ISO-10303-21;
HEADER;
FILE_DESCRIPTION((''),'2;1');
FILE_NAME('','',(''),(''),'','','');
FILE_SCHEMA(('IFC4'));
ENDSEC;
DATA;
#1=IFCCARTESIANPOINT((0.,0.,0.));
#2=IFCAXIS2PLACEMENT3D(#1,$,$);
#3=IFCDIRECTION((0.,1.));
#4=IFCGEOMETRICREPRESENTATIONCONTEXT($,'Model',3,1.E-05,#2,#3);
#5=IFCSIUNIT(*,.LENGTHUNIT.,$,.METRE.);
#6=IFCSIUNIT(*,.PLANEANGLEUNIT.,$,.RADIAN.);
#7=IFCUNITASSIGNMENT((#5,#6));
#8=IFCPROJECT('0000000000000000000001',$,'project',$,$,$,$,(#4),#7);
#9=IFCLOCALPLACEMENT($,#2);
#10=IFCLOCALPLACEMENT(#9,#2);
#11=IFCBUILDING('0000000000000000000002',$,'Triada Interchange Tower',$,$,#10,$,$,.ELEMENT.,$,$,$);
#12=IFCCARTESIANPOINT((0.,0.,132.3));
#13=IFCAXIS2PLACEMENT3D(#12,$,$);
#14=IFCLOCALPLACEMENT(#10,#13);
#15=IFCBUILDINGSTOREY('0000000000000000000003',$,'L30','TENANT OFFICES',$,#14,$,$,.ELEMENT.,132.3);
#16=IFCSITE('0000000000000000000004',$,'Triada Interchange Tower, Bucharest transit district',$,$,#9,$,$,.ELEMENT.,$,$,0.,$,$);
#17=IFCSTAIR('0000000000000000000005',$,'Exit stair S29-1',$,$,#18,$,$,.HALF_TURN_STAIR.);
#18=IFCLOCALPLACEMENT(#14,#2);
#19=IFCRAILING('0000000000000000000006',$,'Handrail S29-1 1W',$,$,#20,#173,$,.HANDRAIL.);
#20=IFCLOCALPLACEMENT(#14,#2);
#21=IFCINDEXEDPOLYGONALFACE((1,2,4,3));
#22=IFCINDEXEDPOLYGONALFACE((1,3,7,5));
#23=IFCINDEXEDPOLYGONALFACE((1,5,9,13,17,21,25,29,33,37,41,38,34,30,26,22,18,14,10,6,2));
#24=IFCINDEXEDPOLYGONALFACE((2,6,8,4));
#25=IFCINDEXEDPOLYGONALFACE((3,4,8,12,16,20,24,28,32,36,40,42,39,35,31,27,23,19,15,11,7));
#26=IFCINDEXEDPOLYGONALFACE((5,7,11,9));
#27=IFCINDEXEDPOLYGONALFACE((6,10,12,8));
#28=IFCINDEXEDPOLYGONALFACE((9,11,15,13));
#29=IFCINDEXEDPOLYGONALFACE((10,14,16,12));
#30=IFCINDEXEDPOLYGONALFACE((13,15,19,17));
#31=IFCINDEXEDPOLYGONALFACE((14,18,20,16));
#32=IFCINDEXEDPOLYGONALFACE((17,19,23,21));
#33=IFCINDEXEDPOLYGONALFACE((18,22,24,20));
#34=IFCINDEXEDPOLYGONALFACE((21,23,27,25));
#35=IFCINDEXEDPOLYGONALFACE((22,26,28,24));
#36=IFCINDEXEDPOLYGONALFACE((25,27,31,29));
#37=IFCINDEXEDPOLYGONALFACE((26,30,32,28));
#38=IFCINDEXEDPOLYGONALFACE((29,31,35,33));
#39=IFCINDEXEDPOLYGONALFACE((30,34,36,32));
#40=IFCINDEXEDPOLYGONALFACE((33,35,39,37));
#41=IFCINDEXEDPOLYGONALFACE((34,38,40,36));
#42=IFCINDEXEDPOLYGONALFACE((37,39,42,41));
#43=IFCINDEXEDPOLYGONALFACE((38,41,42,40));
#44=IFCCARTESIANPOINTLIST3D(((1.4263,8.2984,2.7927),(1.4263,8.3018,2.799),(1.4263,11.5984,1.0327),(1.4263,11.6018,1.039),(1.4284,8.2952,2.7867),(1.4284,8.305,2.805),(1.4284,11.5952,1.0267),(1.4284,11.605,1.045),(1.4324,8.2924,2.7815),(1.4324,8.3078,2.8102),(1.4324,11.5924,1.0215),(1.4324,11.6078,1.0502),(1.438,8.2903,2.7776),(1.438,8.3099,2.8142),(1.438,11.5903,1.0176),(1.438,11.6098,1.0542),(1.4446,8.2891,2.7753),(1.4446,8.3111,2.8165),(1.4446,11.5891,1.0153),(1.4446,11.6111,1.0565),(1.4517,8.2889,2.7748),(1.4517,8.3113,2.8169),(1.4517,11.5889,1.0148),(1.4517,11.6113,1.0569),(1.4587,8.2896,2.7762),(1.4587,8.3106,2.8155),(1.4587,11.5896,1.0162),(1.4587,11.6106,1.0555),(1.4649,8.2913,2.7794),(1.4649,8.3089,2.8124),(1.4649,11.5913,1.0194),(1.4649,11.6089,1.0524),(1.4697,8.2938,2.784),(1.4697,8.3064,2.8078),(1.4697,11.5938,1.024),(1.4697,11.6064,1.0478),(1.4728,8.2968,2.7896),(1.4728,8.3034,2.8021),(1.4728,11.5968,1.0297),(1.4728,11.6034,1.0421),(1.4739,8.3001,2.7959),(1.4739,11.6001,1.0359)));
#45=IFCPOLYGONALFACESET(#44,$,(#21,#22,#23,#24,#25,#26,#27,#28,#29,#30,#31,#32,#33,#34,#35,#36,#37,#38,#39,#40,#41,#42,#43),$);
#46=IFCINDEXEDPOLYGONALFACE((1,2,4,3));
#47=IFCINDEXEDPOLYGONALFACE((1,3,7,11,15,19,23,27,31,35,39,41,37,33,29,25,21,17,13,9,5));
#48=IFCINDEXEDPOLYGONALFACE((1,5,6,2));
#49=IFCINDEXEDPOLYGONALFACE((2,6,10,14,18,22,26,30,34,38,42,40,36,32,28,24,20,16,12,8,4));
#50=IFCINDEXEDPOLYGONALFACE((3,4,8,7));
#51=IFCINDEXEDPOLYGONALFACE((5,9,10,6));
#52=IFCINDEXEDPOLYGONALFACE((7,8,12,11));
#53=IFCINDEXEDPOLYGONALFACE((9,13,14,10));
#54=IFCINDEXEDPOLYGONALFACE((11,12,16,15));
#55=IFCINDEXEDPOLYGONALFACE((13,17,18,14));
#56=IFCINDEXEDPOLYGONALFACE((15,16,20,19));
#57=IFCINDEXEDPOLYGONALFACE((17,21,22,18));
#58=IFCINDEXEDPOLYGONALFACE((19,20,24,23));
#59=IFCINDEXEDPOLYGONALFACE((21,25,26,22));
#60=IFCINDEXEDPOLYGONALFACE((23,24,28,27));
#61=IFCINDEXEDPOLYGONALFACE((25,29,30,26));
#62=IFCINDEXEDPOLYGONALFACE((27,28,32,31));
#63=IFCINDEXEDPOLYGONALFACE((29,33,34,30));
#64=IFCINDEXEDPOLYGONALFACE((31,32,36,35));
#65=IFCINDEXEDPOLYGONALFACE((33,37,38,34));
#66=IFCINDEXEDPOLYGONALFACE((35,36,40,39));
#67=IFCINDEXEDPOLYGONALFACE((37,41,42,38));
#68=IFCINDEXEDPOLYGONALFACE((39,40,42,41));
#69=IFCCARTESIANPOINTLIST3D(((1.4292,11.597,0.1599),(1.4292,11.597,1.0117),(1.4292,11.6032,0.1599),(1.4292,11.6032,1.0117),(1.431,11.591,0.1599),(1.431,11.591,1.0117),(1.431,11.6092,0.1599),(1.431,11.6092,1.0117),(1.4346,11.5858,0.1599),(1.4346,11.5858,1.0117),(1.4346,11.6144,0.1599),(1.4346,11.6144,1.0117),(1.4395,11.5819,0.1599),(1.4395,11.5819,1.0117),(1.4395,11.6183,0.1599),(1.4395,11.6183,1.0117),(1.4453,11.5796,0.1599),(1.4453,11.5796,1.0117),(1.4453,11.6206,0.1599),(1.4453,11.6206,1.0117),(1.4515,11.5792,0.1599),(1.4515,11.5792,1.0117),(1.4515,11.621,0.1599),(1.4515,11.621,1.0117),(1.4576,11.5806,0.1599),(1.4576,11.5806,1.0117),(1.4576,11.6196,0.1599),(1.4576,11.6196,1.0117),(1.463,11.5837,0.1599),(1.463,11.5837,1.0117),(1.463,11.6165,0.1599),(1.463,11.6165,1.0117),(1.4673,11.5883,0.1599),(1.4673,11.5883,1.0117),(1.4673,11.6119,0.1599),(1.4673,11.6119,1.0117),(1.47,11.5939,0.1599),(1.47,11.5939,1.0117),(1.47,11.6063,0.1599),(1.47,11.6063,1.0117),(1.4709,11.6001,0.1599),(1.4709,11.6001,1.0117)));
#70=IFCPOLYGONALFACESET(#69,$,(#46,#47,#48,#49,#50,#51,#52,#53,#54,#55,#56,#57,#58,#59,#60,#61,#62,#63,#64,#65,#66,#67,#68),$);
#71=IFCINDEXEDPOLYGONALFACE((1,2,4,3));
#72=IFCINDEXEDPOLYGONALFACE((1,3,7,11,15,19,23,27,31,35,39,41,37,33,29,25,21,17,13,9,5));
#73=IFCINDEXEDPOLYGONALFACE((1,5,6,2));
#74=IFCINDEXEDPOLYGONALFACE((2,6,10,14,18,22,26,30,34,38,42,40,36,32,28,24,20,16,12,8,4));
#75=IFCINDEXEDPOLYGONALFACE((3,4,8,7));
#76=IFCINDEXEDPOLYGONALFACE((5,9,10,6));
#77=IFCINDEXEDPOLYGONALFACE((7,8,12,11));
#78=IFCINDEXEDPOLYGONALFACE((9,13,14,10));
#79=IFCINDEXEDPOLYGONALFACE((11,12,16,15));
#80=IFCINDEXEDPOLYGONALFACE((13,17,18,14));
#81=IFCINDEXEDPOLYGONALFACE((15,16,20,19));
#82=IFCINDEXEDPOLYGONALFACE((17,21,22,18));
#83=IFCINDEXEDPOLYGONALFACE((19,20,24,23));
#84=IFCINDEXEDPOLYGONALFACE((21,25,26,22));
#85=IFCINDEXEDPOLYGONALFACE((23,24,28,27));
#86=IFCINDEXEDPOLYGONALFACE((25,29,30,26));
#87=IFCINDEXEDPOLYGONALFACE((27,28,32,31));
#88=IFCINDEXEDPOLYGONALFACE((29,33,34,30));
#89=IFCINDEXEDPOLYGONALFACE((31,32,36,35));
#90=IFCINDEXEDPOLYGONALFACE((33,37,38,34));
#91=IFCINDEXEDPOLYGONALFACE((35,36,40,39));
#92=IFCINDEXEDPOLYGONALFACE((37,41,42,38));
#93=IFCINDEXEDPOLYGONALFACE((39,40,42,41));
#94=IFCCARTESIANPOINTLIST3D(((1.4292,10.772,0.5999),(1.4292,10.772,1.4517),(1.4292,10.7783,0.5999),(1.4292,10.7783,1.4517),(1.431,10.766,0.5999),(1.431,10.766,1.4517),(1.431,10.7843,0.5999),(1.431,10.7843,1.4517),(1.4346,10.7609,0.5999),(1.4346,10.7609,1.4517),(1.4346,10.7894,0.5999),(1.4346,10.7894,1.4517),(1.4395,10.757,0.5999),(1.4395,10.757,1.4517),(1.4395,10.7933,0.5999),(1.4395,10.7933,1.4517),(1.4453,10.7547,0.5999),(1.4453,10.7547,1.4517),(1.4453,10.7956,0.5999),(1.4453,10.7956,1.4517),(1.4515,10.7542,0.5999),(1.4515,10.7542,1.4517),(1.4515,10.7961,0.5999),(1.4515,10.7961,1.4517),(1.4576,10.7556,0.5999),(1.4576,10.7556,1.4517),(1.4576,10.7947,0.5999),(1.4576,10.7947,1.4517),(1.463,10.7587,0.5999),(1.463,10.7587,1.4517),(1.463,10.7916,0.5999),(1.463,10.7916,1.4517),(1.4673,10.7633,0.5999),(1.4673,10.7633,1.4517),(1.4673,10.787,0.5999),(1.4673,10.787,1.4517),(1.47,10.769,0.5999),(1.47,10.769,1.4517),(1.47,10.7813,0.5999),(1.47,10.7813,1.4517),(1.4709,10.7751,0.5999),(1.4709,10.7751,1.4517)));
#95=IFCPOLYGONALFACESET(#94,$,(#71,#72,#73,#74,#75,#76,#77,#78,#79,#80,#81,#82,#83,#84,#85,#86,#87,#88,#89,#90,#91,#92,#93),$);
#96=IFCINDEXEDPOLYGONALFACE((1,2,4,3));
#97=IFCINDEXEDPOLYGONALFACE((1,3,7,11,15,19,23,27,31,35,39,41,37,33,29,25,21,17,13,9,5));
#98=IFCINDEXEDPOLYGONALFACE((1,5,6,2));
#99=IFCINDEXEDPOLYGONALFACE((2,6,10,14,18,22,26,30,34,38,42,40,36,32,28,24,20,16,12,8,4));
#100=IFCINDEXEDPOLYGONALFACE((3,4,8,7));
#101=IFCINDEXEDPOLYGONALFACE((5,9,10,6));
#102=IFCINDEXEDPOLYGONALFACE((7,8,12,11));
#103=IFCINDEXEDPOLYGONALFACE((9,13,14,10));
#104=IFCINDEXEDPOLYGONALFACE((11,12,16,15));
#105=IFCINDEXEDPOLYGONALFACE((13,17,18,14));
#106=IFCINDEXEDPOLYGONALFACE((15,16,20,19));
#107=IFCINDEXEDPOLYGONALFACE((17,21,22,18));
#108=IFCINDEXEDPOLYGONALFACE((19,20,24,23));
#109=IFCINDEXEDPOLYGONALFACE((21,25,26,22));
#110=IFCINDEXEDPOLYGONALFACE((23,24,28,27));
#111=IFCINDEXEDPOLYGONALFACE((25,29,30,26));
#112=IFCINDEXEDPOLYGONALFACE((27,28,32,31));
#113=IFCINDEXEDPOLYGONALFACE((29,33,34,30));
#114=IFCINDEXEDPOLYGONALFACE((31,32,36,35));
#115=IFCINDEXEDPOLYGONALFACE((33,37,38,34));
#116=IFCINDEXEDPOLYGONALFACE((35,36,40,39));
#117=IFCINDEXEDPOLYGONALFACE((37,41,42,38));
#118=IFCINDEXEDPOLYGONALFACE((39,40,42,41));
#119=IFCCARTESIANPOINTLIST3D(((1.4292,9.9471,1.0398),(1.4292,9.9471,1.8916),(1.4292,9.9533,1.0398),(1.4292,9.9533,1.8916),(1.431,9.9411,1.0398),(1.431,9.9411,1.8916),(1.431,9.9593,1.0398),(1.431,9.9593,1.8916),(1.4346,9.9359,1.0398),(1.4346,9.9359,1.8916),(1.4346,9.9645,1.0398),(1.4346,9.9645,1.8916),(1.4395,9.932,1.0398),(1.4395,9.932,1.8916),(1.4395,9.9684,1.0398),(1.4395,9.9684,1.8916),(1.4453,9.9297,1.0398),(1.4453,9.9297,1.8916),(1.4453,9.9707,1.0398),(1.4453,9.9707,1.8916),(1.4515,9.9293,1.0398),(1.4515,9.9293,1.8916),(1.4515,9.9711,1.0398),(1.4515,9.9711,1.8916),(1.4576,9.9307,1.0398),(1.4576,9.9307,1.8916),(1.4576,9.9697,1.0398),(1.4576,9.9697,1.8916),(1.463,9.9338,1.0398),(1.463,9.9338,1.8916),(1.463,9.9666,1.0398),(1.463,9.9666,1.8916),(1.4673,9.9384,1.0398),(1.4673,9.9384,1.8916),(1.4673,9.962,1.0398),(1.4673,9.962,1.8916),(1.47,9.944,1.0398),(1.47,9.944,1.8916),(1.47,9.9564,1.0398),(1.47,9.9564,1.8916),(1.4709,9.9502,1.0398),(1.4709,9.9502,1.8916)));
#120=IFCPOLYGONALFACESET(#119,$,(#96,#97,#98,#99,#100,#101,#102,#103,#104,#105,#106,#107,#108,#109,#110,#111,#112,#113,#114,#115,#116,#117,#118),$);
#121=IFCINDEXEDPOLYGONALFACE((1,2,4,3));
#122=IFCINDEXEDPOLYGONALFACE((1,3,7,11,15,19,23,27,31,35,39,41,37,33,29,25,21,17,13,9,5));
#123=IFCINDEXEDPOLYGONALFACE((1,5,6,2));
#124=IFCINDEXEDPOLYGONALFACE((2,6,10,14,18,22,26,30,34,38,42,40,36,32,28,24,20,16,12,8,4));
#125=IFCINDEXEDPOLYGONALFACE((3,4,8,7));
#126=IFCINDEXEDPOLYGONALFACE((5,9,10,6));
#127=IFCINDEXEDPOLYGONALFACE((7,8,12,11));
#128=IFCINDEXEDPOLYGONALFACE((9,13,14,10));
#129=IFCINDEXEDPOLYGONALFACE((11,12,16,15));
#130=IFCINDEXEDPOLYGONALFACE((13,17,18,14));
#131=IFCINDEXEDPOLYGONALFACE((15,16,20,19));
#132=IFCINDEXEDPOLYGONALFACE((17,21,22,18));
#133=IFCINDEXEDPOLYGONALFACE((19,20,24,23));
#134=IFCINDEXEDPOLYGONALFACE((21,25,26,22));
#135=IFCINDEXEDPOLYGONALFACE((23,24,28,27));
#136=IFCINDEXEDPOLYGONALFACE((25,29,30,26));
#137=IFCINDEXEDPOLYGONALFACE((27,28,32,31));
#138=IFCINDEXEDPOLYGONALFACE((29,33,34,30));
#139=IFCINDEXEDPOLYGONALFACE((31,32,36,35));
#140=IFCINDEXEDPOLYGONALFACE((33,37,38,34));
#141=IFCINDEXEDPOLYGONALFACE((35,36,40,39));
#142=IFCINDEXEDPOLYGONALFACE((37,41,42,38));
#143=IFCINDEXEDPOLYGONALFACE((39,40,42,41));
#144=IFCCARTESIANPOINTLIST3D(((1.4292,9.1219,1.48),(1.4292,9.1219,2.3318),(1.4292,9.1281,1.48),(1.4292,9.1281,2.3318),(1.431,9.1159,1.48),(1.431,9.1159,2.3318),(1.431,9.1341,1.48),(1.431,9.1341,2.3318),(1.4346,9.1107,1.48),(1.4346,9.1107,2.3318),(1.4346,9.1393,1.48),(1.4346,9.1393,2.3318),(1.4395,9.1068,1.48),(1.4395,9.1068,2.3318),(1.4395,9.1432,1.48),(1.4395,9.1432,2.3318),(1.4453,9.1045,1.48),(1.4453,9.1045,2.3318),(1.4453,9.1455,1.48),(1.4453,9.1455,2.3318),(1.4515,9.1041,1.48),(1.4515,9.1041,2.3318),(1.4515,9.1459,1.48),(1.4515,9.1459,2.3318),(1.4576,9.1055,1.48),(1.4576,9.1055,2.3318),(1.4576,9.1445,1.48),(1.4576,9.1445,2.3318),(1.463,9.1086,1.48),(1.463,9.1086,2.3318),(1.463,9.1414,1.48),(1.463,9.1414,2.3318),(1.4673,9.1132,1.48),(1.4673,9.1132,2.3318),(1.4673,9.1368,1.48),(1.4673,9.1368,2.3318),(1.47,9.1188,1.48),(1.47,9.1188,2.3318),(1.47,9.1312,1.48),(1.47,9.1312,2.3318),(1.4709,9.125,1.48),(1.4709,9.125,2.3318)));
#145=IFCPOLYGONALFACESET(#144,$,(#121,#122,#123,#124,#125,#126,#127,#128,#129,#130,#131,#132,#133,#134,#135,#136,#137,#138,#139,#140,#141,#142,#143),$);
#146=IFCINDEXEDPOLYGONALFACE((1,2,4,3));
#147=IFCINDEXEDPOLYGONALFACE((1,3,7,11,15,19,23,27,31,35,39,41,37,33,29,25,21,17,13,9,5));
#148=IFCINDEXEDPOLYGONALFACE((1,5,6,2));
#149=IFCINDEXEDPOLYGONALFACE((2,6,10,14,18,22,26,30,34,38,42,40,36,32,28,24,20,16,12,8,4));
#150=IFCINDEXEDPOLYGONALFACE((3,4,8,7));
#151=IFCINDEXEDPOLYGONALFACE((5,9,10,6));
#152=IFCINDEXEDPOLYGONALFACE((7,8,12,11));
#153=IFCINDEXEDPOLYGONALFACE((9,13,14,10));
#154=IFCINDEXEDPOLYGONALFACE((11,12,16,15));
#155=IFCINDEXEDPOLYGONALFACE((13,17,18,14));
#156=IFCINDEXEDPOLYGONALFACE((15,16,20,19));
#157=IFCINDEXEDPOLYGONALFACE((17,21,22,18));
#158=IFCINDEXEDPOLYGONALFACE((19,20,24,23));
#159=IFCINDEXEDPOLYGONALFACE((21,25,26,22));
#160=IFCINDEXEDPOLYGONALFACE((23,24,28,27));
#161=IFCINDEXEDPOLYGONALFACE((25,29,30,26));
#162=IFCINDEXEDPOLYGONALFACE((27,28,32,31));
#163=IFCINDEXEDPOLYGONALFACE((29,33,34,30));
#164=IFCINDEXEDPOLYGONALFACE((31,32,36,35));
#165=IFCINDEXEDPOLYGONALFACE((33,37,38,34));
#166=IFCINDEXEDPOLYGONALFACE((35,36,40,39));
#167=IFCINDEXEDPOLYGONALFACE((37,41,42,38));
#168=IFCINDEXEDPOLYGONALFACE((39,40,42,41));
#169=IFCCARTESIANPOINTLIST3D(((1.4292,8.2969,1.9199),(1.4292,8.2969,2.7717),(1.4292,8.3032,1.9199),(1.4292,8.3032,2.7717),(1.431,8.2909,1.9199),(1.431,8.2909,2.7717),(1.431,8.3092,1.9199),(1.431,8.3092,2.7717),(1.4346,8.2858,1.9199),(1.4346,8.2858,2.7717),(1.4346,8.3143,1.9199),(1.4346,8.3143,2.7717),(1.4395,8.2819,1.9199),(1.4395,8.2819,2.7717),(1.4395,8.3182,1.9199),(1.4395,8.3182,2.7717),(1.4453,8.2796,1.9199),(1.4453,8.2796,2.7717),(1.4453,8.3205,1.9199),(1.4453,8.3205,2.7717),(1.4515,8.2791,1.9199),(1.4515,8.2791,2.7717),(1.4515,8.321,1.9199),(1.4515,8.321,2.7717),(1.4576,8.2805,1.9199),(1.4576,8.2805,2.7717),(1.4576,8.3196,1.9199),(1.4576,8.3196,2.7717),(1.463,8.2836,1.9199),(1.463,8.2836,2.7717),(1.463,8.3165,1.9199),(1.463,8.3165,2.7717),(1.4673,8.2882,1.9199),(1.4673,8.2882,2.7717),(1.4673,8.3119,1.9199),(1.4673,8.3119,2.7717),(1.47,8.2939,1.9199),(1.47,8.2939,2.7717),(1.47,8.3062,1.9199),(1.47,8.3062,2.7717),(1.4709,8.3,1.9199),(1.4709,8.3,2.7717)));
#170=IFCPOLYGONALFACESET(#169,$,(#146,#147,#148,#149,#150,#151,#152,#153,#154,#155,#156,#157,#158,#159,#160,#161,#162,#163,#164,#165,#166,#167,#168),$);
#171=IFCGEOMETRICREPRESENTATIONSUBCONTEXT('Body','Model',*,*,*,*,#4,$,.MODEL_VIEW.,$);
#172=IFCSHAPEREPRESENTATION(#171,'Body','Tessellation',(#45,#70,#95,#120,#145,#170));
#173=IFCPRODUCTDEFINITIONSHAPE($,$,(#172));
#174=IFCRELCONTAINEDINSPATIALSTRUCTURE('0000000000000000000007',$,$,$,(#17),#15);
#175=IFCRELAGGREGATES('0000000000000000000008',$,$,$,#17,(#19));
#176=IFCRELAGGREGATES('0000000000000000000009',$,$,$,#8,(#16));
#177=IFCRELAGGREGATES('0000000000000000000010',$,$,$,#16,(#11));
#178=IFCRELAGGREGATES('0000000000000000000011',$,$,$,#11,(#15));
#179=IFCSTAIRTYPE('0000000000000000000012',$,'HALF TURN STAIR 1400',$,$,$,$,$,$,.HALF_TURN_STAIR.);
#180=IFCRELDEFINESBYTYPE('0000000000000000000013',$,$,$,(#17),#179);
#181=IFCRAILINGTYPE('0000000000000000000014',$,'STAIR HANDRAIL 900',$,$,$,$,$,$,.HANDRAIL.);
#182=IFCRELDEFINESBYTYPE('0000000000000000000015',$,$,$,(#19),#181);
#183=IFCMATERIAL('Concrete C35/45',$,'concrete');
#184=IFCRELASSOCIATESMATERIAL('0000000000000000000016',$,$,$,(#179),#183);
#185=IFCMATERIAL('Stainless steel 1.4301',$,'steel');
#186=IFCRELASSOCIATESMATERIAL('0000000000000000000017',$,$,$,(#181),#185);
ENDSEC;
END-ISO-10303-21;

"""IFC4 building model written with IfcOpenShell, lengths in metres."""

from ifc_helpers import new_model, si_unit, direction, frame, origin, origin_2d, place, context, subcontext, project, spatial, circle, extrude, material, type_object, element, aggregate, save


model = new_model("IFC4")

# Units and contexts
model_context = context("Model", 3, precision=1e-05, world=origin(), true_north=direction((0.0, 1.0)))
body_context = subcontext(model_context, "Body", "Model", "MODEL_VIEW")
ifc_project = project(units=[si_unit("LENGTHUNIT", "METRE"), si_unit("PLANEANGLEUNIT", "RADIAN")], contexts=[model_context])

# Site, building, storey
site_placement = place(None, origin())
site = spatial("IfcSite", under=ifc_project, at=site_placement, Name="Triada Interchange Tower, Bucharest transit district", CompositionType="ELEMENT", RefElevation=0.0)
building_placement = place(site_placement, origin())
building = spatial("IfcBuilding", under=site, at=building_placement, Name="Triada Interchange Tower", CompositionType="ELEMENT")
storey_placement = place(building_placement, frame((0.0, 0.0, 132.3)))
storey = spatial("IfcBuildingStorey", under=building, at=storey_placement, Name="L30", Description="TENANT OFFICES", CompositionType="ELEMENT", Elevation=132.3)

# Stair
ifc_material_1 = material(Name="Concrete C35/45", Category="concrete")
stair_type = type_object("IfcStairType", Name="HALF TURN STAIR 1400", PredefinedType="HALF_TURN_STAIR", material=ifc_material_1)
stair_placement = place(storey_placement, origin())
stair = element("IfcStair", 1, at=stair_placement, inside=storey, type_object=stair_type, Name="Exit stair S29-1", PredefinedType="HALF_TURN_STAIR")

# Railing
ifc_material_2 = material(Name="Stainless steel 1.4301", Category="steel")
railing_type = type_object("IfcRailingType", Name="STAIR HANDRAIL 900", PredefinedType="HANDRAIL", material=ifc_material_2)
railing_1_placement = place(storey_placement, frame((1.45, 11.6001, 0.1599)))
railing_1 = element("IfcRailing", 2, at=railing_1_placement, type_object=railing_type, Name="Handrail S29-1 1W", PredefinedType="HANDRAIL", context=body_context, shape_type="SweptSolid", body=[
    extrude(circle(Radius=0.0239, at=origin_2d()), frame((0.0, 0.0, 0.876), z_axis=(0.0, -0.882355, 0.470585), x_axis=(1.0, 0.0, 0.0)), (0.0, 0.0, 1.0), 3.74),
    extrude(circle(Radius=0.021, at=origin_2d()), origin(), (0.0, 0.0, 1.0), 0.8518),
    extrude(circle(Radius=0.021, at=origin_2d()), frame((0.0, -0.825, 0.4399)), (0.0, 0.0, 1.0), 0.8518),
    extrude(circle(Radius=0.021, at=origin_2d()), frame((0.0, -1.6499, 0.8799)), (0.0, 0.0, 1.0), 0.8518),
    extrude(circle(Radius=0.021, at=origin_2d()), frame((0.0, -2.4751, 1.3201)), (0.0, 0.0, 1.0), 0.8518),
    extrude(circle(Radius=0.021, at=origin_2d()), frame((0.0, -3.3, 1.76)), (0.0, 0.0, 1.0), 0.8518),
])
aggregate(stair, [railing_1])

save(model, "model.ifc")
